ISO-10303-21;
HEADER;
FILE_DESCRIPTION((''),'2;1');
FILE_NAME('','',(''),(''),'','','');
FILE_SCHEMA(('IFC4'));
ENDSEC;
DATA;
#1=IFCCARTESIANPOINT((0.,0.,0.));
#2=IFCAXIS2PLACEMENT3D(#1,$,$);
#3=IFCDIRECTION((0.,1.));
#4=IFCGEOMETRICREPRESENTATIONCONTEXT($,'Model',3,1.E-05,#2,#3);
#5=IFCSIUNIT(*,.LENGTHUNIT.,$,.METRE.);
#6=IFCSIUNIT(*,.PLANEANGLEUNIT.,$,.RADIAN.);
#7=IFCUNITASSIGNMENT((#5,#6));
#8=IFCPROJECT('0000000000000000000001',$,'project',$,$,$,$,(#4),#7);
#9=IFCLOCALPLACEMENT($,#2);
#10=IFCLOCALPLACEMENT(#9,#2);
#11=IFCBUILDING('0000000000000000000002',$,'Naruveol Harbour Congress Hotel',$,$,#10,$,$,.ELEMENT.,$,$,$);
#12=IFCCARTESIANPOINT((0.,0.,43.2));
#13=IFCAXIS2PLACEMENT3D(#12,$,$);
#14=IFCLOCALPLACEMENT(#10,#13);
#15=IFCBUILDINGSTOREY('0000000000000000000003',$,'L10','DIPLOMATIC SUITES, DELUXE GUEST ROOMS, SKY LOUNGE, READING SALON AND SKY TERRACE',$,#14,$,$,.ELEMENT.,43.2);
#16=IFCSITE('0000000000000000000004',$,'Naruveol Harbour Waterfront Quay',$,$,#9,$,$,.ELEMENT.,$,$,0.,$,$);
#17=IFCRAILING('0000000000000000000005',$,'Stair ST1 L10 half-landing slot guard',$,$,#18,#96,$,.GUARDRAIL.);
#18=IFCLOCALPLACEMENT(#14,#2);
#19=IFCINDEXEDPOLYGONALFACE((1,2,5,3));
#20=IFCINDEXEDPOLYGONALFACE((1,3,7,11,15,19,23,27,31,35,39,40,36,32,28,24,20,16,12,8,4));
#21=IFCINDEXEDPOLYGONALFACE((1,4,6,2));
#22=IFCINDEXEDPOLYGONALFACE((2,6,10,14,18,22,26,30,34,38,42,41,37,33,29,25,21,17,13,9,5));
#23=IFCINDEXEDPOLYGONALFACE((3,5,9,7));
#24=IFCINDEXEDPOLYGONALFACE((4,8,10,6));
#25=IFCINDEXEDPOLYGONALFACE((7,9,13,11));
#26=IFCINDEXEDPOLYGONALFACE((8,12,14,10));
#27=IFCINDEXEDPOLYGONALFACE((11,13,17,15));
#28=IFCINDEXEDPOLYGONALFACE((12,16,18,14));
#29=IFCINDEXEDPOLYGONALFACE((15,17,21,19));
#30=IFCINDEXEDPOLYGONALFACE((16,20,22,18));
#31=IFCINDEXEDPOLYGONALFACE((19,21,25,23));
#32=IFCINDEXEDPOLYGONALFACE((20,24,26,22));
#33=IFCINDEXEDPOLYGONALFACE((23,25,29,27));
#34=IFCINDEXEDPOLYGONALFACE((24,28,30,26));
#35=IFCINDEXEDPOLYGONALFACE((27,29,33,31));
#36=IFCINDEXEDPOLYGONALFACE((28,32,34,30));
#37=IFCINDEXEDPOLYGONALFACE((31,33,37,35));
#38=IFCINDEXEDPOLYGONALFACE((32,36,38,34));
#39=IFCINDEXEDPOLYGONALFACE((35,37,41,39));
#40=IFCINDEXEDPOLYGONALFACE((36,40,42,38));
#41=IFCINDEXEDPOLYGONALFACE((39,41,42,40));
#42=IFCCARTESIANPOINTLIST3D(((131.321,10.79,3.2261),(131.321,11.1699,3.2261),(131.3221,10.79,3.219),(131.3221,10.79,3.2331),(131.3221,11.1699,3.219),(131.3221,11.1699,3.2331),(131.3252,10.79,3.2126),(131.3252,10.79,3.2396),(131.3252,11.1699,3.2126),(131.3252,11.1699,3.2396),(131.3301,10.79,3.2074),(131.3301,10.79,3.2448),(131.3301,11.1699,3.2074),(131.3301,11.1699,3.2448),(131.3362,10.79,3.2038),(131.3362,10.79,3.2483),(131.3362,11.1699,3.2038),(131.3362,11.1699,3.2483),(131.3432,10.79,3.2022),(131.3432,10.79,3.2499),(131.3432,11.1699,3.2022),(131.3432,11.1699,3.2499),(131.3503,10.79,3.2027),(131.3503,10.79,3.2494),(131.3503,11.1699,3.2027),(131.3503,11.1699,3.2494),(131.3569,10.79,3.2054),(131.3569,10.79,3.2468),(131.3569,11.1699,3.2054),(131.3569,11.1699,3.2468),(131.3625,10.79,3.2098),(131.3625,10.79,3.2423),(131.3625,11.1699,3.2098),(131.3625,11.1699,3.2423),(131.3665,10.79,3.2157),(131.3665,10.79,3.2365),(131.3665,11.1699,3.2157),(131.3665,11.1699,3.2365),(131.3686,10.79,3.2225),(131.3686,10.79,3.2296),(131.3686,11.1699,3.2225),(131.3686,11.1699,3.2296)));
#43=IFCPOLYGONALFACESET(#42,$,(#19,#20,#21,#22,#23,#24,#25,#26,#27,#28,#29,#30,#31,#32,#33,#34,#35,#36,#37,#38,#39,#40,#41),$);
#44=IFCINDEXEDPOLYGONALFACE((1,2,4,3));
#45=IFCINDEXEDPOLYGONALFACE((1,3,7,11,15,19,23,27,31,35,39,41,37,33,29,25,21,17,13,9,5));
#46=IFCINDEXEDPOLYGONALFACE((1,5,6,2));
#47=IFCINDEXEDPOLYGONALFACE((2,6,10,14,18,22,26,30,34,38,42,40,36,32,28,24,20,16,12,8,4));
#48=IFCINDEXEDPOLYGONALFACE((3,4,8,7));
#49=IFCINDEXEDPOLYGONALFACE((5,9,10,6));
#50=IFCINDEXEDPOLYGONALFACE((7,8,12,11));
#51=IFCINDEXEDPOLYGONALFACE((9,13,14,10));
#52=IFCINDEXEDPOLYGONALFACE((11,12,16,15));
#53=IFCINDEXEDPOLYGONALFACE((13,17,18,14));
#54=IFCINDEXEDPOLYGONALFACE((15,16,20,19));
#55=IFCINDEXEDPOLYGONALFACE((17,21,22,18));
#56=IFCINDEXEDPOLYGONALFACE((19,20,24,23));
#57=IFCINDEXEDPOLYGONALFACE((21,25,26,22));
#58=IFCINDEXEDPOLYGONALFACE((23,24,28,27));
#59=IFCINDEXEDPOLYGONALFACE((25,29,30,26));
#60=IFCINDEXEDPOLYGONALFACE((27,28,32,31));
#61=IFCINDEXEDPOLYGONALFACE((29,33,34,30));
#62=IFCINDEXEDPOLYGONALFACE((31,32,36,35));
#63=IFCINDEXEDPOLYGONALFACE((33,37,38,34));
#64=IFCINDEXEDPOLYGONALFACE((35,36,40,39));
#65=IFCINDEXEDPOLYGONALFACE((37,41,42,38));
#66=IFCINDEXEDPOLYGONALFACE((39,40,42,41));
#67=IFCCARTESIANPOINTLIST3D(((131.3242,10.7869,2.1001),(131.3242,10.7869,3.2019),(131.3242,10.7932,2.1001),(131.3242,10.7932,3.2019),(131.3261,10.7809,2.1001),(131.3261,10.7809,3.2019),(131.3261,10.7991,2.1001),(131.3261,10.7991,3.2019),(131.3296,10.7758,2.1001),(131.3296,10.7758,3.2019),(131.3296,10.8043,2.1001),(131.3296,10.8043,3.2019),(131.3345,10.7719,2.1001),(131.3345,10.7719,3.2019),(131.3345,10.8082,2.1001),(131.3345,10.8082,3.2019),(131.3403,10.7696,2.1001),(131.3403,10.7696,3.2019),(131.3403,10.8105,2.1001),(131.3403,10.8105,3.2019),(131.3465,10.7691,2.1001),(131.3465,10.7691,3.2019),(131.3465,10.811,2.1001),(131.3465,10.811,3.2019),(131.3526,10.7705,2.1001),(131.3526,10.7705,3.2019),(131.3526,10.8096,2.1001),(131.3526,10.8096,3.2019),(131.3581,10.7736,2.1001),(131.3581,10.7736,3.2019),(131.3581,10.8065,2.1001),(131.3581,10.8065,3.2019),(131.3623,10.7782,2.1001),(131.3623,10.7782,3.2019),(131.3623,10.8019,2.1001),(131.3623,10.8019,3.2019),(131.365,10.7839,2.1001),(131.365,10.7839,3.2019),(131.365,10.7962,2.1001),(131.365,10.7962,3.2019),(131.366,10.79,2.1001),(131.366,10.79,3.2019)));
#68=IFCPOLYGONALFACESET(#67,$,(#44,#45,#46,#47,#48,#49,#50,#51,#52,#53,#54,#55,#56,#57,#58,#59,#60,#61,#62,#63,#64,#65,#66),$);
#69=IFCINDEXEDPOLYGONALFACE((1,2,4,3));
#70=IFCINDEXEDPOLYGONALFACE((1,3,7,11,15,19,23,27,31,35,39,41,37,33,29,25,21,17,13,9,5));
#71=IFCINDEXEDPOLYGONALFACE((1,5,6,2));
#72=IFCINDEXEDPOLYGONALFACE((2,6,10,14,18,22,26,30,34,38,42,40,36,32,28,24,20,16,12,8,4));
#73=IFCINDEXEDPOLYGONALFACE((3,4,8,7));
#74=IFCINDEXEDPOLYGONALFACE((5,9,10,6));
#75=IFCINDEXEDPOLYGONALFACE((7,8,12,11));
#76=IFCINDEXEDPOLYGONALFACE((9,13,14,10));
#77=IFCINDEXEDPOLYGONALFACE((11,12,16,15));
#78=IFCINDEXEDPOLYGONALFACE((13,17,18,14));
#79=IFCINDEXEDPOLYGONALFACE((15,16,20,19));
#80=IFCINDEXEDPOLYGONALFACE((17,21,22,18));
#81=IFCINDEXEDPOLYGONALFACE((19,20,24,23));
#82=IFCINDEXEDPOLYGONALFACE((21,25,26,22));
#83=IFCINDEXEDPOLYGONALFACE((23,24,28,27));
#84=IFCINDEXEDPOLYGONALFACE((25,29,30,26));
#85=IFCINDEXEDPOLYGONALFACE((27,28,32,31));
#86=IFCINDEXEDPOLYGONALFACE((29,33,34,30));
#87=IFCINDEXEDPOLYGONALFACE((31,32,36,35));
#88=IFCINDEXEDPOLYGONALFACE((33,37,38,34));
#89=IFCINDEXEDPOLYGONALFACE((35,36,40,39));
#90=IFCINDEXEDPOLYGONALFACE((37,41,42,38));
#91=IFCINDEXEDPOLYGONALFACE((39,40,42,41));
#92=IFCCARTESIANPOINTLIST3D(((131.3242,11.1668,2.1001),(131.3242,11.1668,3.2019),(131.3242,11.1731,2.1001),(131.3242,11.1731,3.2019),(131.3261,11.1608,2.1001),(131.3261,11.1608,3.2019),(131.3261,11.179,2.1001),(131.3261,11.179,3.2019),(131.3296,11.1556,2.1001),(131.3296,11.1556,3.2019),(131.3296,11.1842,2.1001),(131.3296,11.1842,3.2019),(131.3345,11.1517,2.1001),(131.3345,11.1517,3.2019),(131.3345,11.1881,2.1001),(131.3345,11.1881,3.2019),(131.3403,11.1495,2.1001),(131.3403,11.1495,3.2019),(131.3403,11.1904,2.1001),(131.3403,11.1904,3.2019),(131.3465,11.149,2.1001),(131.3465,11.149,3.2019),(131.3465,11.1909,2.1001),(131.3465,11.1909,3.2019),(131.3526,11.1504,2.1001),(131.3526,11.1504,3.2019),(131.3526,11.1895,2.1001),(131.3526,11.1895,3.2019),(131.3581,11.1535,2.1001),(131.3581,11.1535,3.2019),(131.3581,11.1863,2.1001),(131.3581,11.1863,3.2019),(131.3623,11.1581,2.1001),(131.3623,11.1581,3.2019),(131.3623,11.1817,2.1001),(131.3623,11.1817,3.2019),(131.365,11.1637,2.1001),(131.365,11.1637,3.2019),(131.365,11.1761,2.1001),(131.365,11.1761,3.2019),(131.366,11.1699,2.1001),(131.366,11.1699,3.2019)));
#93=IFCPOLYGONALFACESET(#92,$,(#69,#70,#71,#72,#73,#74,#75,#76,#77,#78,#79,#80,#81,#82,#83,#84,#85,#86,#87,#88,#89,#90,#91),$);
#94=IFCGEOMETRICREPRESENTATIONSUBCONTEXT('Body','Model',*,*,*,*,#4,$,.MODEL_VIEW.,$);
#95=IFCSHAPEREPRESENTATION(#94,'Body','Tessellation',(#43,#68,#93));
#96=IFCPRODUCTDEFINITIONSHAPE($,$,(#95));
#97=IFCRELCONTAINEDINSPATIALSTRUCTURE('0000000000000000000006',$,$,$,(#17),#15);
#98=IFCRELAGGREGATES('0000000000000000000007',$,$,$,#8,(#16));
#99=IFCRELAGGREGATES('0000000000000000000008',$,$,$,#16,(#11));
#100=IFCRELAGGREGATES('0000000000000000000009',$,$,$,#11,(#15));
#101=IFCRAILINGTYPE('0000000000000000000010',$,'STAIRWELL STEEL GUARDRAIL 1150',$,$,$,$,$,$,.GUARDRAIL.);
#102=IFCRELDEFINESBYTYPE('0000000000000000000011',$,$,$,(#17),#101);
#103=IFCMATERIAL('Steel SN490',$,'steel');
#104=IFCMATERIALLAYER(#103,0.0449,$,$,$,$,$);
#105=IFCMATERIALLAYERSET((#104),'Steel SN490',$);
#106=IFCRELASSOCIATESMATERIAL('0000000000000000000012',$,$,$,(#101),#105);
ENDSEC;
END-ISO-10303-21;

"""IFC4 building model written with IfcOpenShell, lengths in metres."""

from ifc_helpers import new_model, si_unit, direction, frame, origin, origin_2d, place, context, subcontext, project, spatial, circle, extrude, material, layer, layer_set, type_object, element, save


model = new_model("IFC4")

# Units and contexts
model_context = context("Model", 3, precision=1e-05, world=origin(), true_north=direction((0.0, 1.0)))
body_context = subcontext(model_context, "Body", "Model", "MODEL_VIEW")
ifc_project = project(units=[si_unit("LENGTHUNIT", "METRE"), si_unit("PLANEANGLEUNIT", "RADIAN")], contexts=[model_context])

# Site, building, storey
site_placement = place(None, origin())
site = spatial("IfcSite", under=ifc_project, at=site_placement, Name="Naruveol Harbour Waterfront Quay", CompositionType="ELEMENT", RefElevation=0.0)
building_placement = place(site_placement, origin())
building = spatial("IfcBuilding", under=site, at=building_placement, Name="Naruveol Harbour Congress Hotel", CompositionType="ELEMENT")
storey_placement = place(building_placement, frame((0.0, 0.0, 43.2)))
storey = spatial("IfcBuildingStorey", under=building, at=storey_placement, Name="L10", Description="DIPLOMATIC SUITES, DELUXE GUEST ROOMS, SKY LOUNGE, READING SALON AND SKY TERRACE", CompositionType="ELEMENT", Elevation=43.2)

# Railing
ifc_material_1 = material(Name="Steel SN490", Category="steel")
ifc_layer_1 = layer(ifc_material_1, 0.0449)
ifc_layer_set_1 = layer_set([ifc_layer_1], Name="Steel SN490")
railing_type_1 = type_object("IfcRailingType", Name="STAIRWELL STEEL GUARDRAIL 1150", PredefinedType="GUARDRAIL", material=ifc_layer_set_1)
railing_1_placement = place(storey_placement, frame((131.345, 10.79, 2.1001)))
element("IfcRailing", 1, at=railing_1_placement, inside=storey, type_object=railing_type_1, Name="Stair ST1 L10 half-landing slot guard", PredefinedType="GUARDRAIL", context=body_context, shape_type="SweptSolid", body=[
    extrude(circle(Radius=0.0239, at=origin_2d()), frame((0.0, 0.0, 1.126), z_axis=(0.0, 1.0, 0.0), x_axis=(-1.0, 0.0, 0.0)), (0.0, 0.0, 1.0), 0.3799),
    extrude(circle(Radius=0.021, at=origin_2d()), origin(), (0.0, 0.0, 1.0), 1.1018),
    extrude(circle(Radius=0.021, at=origin_2d()), frame((0.0, 0.3799, 0.0)), (0.0, 0.0, 1.0), 1.1018),
])

save(model, "model.ifc")
